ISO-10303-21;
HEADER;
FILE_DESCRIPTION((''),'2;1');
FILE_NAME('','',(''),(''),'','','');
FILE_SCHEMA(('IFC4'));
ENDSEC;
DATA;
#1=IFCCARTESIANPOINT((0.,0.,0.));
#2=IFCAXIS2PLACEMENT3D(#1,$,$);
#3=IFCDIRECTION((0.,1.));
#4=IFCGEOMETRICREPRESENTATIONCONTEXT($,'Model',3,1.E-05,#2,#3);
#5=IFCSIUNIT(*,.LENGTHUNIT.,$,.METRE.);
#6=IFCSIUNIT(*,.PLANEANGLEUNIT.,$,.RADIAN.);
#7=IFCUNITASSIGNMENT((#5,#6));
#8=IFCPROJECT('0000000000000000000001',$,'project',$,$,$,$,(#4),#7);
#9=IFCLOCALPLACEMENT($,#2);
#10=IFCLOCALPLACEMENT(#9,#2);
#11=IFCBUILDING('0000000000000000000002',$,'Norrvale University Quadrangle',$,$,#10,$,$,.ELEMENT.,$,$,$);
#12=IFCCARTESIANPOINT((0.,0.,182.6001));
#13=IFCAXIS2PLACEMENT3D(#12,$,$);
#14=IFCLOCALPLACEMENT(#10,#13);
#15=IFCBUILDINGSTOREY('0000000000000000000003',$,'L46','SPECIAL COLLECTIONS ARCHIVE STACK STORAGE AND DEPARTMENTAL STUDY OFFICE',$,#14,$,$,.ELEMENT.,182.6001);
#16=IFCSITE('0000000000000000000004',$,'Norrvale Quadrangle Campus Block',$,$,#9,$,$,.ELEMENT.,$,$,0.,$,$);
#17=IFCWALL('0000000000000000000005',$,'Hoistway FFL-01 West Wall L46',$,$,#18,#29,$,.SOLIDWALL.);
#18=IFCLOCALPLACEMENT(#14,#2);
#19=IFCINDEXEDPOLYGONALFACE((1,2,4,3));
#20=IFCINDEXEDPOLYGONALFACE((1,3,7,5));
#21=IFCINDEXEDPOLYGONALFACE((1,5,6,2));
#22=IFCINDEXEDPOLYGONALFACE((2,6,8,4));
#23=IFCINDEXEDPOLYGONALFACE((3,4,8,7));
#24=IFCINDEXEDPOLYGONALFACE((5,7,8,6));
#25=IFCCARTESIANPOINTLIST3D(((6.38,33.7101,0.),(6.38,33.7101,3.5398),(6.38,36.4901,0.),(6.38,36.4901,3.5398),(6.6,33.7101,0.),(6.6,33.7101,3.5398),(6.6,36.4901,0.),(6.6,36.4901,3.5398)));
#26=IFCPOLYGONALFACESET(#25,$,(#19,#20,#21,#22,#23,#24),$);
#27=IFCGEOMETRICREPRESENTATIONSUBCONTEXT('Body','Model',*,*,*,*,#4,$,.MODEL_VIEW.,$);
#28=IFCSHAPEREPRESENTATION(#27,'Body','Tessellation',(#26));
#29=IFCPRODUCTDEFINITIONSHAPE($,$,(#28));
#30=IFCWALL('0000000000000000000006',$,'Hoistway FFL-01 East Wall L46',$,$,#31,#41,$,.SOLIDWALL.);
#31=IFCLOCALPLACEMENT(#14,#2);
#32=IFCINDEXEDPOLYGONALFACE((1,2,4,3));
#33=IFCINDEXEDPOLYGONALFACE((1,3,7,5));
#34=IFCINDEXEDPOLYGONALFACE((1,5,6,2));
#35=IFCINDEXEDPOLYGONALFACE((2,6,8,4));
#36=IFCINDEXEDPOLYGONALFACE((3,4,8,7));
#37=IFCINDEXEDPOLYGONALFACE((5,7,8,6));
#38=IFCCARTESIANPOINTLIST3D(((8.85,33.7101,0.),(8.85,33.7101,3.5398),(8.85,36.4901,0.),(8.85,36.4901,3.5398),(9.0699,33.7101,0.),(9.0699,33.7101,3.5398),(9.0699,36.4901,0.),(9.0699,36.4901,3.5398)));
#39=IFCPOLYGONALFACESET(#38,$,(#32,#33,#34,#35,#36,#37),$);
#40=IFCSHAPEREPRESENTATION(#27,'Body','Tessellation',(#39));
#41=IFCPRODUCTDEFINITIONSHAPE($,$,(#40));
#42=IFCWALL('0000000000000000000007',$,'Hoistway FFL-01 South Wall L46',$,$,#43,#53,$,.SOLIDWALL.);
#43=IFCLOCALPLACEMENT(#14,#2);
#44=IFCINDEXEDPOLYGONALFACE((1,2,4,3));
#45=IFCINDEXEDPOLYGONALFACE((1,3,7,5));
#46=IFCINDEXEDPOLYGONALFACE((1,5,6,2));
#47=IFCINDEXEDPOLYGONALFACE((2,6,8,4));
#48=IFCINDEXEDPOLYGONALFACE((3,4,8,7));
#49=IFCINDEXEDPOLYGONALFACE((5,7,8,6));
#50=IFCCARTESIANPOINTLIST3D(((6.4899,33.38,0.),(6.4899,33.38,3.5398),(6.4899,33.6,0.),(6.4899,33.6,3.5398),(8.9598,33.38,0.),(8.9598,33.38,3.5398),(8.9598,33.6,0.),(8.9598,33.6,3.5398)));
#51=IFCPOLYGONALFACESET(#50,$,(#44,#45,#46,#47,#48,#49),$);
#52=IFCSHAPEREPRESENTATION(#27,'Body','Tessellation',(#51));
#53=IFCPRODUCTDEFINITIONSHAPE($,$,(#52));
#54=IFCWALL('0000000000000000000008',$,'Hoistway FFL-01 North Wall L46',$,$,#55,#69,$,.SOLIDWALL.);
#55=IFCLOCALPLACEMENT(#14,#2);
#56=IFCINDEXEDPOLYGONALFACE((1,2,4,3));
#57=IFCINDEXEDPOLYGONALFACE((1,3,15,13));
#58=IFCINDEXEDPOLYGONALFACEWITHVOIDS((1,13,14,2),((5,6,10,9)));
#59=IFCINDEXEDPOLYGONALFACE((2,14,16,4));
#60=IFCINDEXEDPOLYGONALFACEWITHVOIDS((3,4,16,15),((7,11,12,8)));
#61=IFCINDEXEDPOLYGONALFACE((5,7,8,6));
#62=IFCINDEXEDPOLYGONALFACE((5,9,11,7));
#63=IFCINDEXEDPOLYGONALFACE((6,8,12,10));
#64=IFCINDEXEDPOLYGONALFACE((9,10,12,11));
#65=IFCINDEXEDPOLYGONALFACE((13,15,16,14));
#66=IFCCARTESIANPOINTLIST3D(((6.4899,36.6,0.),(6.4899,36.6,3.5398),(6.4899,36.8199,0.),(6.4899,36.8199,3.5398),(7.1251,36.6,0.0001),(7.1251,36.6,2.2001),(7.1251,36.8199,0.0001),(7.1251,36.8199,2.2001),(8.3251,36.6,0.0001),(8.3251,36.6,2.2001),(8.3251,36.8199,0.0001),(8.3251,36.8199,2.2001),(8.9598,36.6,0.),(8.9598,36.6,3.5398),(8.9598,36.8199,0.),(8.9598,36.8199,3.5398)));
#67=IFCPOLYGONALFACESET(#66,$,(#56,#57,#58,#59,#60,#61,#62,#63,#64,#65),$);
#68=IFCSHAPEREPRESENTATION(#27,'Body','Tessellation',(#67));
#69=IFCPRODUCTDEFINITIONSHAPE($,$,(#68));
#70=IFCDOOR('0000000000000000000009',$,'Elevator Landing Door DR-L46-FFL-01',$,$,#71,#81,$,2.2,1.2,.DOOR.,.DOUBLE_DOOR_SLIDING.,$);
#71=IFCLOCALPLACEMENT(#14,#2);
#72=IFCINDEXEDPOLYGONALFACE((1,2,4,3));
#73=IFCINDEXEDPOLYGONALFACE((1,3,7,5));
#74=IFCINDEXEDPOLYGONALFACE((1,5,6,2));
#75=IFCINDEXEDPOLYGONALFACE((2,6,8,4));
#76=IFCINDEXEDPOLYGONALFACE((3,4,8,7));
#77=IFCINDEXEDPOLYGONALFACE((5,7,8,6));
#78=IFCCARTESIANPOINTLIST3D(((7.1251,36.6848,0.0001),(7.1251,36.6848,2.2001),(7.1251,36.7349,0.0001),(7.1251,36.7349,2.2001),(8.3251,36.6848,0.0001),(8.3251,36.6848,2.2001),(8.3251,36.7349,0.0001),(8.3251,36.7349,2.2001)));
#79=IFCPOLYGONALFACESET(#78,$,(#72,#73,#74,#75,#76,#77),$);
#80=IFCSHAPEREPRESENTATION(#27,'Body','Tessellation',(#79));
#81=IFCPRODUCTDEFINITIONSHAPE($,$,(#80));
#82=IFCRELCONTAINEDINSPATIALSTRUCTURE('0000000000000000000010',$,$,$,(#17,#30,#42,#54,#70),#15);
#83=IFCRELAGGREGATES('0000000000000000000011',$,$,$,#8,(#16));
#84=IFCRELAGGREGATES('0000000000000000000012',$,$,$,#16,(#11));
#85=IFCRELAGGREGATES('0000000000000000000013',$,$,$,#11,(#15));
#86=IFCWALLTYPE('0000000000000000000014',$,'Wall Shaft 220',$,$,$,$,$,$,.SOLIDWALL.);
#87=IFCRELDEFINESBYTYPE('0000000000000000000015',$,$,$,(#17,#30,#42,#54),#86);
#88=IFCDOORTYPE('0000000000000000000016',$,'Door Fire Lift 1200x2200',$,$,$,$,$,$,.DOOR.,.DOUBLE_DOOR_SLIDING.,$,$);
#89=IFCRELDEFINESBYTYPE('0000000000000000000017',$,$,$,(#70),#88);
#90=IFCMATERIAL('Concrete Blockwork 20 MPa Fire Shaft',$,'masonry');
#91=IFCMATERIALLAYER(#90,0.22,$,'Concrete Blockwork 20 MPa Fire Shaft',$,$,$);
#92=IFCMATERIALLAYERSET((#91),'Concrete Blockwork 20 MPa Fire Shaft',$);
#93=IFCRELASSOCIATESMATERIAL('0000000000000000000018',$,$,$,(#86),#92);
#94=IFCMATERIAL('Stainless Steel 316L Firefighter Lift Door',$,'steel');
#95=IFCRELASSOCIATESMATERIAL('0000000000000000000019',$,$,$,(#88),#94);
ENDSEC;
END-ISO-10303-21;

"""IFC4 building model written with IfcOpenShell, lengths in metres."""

from ifc_helpers import new_model, si_unit, direction, frame, frame_2d, origin, place, context, subcontext, project, spatial, rectangle, extrude, material, layer, layer_set, type_object, element, fill, save


model = new_model("IFC4")

# Units and contexts
model_context = context("Model", 3, precision=1e-05, world=origin(), true_north=direction((0.0, 1.0)))
body_context = subcontext(model_context, "Body", "Model", "MODEL_VIEW")
ifc_project = project(units=[si_unit("LENGTHUNIT", "METRE"), si_unit("PLANEANGLEUNIT", "RADIAN")], contexts=[model_context])

# Site, building, storey
site_placement = place(None, origin())
site = spatial("IfcSite", under=ifc_project, at=site_placement, Name="Norrvale Quadrangle Campus Block", CompositionType="ELEMENT", RefElevation=0.0)
building_placement = place(site_placement, origin())
building = spatial("IfcBuilding", under=site, at=building_placement, Name="Norrvale University Quadrangle", CompositionType="ELEMENT")
storey_placement = place(building_placement, frame((0.0, 0.0, 182.6001)))
storey = spatial("IfcBuildingStorey", under=building, at=storey_placement, Name="L46", Description="SPECIAL COLLECTIONS ARCHIVE STACK STORAGE AND DEPARTMENTAL STUDY OFFICE", CompositionType="ELEMENT", Elevation=182.6001)

# Shared definitions
ifc_material_1 = material(Name="Concrete Blockwork 20 MPa Fire Shaft", Category="masonry")
ifc_layer_1 = layer(ifc_material_1, 0.22, Name="Concrete Blockwork 20 MPa Fire Shaft")
ifc_layer_set_1 = layer_set([ifc_layer_1], Name="Concrete Blockwork 20 MPa Fire Shaft")
wall_type_1 = type_object("IfcWallType", Name="Wall Shaft 220", PredefinedType="SOLIDWALL", material=ifc_layer_set_1)

# Walls
for number, where, z_axis, x_axis, name in (
    (1, (6.49, 33.71, 0.0), (0.0, 0.0, 1.0), (0.0, 1.0, 0.0), "Hoistway FFL-01 West Wall L46"),
    (2, (8.96, 33.71, 0.0), (0.0, 0.0, 1.0), (0.0, 1.0, 0.0), "Hoistway FFL-01 East Wall L46"),
):
    element("IfcWall", number, at=place(storey_placement, frame(where, z_axis=z_axis, x_axis=x_axis)), inside=storey, type_object=wall_type_1, Name=name, PredefinedType="SOLIDWALL", context=body_context, shape_type="SweptSolid", body=[
        extrude(rectangle(XDim=2.78, YDim=0.22, at=frame_2d((1.3901, 0.0))), origin(), (0.0, 0.0, 1.0), 3.5398),
    ])
wall_1_placement = place(storey_placement, frame((6.49, 33.49, 0.0), z_axis=(0.0, 0.0, 1.0), x_axis=(1.0, 0.0, 0.0)))
element("IfcWall", 3, at=wall_1_placement, inside=storey, type_object=wall_type_1, Name="Hoistway FFL-01 South Wall L46", PredefinedType="SOLIDWALL", context=body_context, shape_type="SweptSolid", body=[
    extrude(rectangle(XDim=2.47, YDim=0.22, at=frame_2d((1.2349, 0.0))), origin(), (0.0, 0.0, 1.0), 3.5398),
])

# Wall, opening, door
wall_2_placement = place(storey_placement, frame((6.49, 36.71, 0.0), z_axis=(0.0, 0.0, 1.0), x_axis=(1.0, 0.0, 0.0)))
wall_2 = element("IfcWall", 4, at=wall_2_placement, inside=storey, type_object=wall_type_1, Name="Hoistway FFL-01 North Wall L46", PredefinedType="SOLIDWALL", context=body_context, shape_type="SweptSolid", body=[
    extrude(rectangle(XDim=2.47, YDim=0.22, at=frame_2d((1.2349, 0.0))), origin(), (0.0, 0.0, 1.0), 3.5398),
])
opening_1_placement = place(wall_2_placement, frame((0.635, 0.0, 0.0)))
opening_1 = element("IfcOpeningElement", 5, at=opening_1_placement, cuts=wall_2, PredefinedType="OPENING", context=body_context, shape_type="SweptSolid", body=[
    extrude(rectangle(XDim=1.2, YDim=2.2, at=frame_2d((0.6001, 1.1001))), frame((0.0, 0.1221, 0.0), z_axis=(0.0, -1.0, 0.0), x_axis=(1.0, 0.0, 0.0)), (0.0, 0.0, 1.0), 0.2439),
])
ifc_material_2 = material(Name="Stainless Steel 316L Firefighter Lift Door", Category="steel")
door_type_1 = type_object("IfcDoorType", Name="Door Fire Lift 1200x2200", OperationType="DOUBLE_DOOR_SLIDING", PredefinedType="DOOR", material=ifc_material_2)
door_1_placement = place(opening_1_placement, origin())
door_1 = element("IfcDoor", 6, at=door_1_placement, inside=storey, type_object=door_type_1, Name="Elevator Landing Door DR-L46-FFL-01", OperationType="DOUBLE_DOOR_SLIDING", OverallHeight=2.2, OverallWidth=1.2, PredefinedType="DOOR", context=body_context, shape_type="SweptSolid", body=[
    extrude(rectangle(XDim=1.2, YDim=2.2, at=frame_2d((0.6001, 1.1001))), frame((0.0, 0.0249, 0.0), z_axis=(0.0, -1.0, 0.0), x_axis=(1.0, 0.0, 0.0)), (0.0, 0.0, 1.0), 0.05),
])
fill(opening_1, door_1)

save(model, "model.ifc")
